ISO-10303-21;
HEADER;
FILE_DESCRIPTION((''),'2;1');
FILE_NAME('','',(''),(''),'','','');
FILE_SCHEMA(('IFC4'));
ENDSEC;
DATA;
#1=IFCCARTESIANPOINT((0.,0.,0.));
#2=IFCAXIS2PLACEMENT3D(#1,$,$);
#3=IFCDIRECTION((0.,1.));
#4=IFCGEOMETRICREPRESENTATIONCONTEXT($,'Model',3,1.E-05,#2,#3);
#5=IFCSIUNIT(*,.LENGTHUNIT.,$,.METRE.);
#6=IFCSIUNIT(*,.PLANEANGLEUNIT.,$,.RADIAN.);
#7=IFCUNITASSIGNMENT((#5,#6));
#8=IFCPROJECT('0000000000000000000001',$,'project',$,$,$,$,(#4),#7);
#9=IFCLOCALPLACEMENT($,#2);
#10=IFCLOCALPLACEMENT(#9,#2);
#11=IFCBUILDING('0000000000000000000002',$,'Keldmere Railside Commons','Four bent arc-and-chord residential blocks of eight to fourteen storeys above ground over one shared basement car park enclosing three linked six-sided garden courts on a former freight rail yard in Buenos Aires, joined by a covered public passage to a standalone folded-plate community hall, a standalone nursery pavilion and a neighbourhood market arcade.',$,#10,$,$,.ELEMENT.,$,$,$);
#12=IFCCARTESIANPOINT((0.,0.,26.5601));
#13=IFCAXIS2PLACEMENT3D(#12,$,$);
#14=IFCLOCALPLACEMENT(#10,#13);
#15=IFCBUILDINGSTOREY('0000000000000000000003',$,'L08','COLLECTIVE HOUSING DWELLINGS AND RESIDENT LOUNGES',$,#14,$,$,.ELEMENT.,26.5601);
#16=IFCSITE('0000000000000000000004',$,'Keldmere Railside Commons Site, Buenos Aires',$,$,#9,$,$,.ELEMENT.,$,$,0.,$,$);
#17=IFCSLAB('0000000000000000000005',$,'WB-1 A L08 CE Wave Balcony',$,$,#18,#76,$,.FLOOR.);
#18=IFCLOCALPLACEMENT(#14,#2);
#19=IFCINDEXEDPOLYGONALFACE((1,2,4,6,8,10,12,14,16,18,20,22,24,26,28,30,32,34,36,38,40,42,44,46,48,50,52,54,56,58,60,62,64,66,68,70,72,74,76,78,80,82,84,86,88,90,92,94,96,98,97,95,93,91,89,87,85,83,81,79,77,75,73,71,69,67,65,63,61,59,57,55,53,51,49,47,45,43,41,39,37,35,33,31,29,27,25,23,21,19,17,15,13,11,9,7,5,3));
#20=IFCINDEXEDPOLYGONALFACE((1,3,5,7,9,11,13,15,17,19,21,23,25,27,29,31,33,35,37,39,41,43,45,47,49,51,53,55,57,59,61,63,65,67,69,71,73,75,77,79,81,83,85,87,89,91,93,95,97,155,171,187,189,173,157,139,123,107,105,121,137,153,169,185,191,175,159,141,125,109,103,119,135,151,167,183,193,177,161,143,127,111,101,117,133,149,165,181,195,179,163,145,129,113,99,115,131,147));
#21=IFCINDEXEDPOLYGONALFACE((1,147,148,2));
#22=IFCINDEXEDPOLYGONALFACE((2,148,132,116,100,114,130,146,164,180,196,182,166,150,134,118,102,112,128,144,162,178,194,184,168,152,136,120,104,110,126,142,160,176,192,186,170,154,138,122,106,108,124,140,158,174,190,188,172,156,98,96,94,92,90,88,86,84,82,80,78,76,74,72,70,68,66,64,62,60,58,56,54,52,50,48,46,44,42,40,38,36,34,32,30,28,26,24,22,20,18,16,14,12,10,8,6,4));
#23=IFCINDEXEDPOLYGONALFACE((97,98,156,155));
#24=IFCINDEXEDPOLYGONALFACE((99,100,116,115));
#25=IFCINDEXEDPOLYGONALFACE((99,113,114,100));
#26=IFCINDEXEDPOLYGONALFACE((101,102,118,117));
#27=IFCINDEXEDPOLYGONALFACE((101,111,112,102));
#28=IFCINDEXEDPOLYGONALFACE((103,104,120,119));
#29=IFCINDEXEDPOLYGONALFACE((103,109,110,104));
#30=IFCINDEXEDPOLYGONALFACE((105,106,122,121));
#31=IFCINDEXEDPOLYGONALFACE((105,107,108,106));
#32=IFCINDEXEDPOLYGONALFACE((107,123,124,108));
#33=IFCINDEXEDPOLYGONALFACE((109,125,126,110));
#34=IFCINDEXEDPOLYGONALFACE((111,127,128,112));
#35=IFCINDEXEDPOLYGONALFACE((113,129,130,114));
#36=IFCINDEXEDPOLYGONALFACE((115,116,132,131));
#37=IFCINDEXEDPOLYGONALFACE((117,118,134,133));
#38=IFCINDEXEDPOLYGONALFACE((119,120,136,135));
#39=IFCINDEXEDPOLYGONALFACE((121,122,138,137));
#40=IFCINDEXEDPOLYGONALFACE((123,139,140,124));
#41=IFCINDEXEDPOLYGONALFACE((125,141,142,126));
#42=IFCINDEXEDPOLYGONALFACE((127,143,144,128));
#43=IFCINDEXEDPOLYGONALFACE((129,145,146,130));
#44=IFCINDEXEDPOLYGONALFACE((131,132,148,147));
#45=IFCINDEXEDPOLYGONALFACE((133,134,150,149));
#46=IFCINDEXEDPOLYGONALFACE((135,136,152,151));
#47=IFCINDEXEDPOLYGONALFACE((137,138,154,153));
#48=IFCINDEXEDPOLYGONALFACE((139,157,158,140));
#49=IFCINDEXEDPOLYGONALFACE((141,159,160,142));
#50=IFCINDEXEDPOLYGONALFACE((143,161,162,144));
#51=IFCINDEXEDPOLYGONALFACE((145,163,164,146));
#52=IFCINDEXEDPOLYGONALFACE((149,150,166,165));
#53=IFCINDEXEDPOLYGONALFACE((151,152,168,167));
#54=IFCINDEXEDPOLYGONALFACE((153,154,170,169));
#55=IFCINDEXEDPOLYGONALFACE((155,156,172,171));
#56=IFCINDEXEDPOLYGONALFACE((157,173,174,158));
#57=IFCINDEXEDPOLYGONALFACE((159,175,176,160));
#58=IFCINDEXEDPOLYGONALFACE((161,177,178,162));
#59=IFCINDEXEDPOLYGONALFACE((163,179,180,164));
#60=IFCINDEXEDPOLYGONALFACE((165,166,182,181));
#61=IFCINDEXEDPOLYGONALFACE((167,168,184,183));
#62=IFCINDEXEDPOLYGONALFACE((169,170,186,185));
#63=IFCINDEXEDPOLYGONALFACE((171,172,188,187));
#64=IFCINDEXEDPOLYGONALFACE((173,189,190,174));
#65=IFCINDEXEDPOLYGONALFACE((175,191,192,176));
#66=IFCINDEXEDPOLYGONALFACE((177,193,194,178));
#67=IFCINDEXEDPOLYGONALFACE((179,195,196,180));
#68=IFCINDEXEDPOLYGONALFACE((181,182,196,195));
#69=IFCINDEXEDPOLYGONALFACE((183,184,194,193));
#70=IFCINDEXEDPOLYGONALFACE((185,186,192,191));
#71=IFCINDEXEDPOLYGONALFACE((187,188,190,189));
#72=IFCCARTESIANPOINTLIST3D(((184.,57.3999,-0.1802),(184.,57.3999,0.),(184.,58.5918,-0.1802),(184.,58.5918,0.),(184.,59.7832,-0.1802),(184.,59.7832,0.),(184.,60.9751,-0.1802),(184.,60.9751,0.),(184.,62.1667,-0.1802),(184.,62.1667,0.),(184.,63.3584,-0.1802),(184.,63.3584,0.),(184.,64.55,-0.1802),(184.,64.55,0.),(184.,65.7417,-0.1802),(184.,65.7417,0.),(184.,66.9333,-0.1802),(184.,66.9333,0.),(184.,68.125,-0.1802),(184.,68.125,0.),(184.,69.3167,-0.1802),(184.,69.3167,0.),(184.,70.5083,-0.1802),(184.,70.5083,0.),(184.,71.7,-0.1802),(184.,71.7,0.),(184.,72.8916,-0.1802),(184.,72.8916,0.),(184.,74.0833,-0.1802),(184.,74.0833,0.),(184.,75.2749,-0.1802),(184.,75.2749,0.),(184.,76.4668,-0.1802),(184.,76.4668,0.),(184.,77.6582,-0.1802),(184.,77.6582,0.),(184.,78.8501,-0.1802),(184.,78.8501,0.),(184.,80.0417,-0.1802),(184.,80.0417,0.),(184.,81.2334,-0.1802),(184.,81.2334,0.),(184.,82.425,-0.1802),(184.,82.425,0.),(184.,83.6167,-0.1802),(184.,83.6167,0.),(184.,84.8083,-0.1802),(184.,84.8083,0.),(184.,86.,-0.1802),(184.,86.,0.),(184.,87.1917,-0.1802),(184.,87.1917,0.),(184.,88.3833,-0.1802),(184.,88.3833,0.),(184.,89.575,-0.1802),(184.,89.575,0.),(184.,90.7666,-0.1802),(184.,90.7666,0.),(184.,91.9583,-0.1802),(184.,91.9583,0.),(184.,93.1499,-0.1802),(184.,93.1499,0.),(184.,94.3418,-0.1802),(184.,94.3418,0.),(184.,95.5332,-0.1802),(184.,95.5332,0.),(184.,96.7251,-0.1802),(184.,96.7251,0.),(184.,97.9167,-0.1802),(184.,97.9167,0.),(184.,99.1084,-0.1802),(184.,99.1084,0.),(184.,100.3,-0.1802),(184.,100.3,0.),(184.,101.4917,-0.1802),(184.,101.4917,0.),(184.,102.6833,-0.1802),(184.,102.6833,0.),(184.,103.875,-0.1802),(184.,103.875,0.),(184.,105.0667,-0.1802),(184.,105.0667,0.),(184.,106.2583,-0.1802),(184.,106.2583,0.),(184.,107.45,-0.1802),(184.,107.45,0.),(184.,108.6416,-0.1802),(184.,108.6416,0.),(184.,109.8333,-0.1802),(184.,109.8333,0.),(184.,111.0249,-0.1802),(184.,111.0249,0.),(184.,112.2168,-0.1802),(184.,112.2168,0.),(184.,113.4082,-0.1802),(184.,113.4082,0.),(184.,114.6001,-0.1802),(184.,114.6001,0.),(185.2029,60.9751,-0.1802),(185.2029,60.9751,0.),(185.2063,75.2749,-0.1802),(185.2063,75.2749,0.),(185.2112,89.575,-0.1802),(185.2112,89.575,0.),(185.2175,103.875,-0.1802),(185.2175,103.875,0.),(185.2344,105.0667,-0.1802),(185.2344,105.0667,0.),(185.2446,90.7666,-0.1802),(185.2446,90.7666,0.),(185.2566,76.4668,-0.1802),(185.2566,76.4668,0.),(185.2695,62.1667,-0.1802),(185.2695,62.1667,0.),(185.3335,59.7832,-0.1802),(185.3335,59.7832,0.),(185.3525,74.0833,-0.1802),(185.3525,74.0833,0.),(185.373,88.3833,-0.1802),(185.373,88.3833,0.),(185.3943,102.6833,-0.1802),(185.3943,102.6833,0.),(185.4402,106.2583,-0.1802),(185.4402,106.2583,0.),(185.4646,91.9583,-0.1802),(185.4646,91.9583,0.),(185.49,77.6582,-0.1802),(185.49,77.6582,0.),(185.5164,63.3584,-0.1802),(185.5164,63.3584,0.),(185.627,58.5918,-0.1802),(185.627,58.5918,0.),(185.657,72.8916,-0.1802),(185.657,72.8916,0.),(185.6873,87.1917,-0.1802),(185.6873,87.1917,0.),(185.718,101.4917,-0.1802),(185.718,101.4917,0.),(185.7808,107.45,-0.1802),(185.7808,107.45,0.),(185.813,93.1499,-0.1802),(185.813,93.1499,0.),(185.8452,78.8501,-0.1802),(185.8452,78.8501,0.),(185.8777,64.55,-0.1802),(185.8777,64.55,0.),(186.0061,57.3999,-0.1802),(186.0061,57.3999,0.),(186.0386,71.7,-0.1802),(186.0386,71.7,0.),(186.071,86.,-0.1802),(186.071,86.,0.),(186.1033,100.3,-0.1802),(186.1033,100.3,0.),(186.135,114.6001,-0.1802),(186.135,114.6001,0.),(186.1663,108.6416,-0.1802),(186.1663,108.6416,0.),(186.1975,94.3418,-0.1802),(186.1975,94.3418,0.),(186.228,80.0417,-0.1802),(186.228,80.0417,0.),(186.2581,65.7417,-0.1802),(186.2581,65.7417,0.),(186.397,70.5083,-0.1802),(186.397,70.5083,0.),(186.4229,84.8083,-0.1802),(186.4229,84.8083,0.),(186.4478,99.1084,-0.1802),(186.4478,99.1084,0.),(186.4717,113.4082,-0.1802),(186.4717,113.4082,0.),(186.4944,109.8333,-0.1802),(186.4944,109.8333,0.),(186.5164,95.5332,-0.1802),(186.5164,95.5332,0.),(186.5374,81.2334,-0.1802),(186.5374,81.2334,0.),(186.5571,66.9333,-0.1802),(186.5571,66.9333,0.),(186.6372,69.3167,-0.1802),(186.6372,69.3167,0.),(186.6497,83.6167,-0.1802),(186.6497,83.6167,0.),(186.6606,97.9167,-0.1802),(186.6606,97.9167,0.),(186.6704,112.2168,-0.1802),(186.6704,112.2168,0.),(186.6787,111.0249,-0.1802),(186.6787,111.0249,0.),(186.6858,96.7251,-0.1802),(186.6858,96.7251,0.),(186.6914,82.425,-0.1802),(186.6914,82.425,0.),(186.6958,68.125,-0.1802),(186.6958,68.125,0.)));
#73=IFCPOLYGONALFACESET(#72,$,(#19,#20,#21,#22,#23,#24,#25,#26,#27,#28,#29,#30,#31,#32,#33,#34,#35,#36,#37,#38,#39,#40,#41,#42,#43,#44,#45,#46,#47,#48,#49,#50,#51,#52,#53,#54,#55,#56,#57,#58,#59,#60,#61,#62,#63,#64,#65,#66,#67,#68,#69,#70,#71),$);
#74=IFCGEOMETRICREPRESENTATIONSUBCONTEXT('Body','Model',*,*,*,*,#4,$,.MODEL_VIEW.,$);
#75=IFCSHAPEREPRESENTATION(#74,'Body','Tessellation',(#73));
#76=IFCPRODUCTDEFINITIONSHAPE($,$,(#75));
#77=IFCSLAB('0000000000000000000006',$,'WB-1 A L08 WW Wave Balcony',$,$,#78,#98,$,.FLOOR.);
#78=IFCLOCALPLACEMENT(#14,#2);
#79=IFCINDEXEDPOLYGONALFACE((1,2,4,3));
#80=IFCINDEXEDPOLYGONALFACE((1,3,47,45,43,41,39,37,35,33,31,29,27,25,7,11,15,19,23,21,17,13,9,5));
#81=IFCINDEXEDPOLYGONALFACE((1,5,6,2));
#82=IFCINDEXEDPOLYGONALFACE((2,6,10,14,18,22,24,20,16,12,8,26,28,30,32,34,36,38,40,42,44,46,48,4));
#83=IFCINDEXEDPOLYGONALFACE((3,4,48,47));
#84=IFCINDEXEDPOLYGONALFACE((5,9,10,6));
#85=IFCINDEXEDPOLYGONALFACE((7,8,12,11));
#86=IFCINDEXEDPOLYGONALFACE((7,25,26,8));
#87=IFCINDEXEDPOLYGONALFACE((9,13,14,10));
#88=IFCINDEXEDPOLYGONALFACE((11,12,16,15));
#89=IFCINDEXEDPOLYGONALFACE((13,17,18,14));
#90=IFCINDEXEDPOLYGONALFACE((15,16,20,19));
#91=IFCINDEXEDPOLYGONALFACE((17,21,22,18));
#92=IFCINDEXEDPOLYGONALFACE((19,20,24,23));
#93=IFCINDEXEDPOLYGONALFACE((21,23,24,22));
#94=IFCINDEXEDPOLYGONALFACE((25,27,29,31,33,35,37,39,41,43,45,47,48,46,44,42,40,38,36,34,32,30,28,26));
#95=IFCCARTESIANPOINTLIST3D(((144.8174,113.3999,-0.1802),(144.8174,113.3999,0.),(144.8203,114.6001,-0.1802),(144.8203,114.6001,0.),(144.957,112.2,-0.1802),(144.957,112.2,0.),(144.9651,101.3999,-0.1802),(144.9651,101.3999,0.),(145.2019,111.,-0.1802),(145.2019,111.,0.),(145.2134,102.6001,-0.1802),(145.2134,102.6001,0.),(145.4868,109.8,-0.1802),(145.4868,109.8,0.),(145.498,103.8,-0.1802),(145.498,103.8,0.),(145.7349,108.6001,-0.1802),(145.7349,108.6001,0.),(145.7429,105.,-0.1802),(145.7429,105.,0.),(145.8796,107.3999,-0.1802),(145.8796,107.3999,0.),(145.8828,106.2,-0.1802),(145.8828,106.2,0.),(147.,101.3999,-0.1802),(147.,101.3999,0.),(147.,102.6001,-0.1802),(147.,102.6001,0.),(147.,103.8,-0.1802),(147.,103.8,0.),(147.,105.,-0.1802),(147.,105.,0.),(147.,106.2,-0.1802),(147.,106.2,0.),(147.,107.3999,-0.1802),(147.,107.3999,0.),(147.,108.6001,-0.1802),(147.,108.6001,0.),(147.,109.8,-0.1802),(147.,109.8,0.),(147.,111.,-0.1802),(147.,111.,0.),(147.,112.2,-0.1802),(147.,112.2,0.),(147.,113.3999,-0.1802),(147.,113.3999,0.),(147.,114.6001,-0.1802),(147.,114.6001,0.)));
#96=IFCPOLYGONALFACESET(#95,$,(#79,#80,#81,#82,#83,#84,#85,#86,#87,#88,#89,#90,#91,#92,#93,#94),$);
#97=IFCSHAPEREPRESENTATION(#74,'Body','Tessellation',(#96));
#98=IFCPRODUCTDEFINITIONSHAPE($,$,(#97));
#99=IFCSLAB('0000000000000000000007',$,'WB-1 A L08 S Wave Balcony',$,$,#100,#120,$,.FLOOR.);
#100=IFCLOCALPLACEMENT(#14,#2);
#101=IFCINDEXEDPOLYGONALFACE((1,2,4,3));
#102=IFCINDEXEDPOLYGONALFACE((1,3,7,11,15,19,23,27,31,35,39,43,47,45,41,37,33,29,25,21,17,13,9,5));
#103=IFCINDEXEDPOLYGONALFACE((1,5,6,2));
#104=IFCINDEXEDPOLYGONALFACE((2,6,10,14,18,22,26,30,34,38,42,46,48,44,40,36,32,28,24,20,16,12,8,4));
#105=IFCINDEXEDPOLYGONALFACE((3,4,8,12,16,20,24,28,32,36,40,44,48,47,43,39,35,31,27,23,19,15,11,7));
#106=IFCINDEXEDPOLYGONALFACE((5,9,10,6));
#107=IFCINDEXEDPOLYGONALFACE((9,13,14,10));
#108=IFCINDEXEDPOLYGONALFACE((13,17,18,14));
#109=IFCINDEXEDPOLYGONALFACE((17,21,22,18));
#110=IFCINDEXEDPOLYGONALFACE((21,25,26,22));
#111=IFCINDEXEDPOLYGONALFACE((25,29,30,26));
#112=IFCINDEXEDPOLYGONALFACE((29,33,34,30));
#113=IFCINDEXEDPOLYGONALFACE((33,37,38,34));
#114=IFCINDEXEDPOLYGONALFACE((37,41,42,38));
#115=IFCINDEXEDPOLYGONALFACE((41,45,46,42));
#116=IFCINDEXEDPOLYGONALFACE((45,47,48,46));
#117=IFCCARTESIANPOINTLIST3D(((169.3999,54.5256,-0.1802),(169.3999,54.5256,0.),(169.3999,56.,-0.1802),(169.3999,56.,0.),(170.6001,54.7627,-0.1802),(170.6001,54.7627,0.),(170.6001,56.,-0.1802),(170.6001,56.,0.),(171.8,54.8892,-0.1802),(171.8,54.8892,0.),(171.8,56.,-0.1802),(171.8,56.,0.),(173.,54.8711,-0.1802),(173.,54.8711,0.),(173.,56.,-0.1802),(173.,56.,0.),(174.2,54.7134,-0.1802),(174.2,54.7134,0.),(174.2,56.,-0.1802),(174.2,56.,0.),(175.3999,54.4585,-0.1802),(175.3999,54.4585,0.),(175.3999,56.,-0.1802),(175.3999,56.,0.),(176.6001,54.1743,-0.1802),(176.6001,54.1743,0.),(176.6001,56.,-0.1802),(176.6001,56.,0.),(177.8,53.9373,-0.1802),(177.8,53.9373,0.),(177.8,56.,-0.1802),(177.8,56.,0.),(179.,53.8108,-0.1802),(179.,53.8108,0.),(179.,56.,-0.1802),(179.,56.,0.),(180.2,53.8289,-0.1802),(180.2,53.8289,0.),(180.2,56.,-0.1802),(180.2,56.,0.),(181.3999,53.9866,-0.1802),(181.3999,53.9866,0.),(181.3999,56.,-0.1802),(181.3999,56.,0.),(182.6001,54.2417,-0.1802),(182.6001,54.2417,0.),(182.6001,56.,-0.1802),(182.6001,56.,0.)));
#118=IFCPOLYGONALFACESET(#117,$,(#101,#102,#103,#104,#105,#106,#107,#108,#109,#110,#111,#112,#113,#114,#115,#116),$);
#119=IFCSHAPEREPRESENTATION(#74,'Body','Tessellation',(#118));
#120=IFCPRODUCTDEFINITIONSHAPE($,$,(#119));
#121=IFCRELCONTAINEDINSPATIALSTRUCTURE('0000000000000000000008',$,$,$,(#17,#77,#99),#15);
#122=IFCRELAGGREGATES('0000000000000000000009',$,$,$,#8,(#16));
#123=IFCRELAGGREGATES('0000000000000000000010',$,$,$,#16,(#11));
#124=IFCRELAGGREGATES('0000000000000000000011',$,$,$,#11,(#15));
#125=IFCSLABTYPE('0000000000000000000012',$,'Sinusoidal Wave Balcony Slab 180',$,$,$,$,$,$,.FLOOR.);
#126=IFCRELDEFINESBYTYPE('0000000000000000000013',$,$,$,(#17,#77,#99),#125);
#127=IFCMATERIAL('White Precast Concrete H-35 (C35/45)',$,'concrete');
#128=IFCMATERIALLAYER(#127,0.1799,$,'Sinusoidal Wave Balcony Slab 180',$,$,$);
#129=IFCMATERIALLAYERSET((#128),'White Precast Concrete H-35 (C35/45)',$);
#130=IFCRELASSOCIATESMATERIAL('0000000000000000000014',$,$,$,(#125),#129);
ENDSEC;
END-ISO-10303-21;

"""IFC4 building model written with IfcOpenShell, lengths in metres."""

from ifc_helpers import new_model, si_unit, direction, frame, origin, place, context, subcontext, project, spatial, polyline, outline, extrude, material, layer, layer_set, type_object, element, save


model = new_model("IFC4")

# Units and contexts
model_context = context("Model", 3, precision=1e-05, world=origin(), true_north=direction((0.0, 1.0)))
body_context = subcontext(model_context, "Body", "Model", "MODEL_VIEW")
ifc_project = project(units=[si_unit("LENGTHUNIT", "METRE"), si_unit("PLANEANGLEUNIT", "RADIAN")], contexts=[model_context])

# Site, building, storey
site_placement = place(None, origin())
site = spatial("IfcSite", under=ifc_project, at=site_placement, Name="Keldmere Railside Commons Site, Buenos Aires", CompositionType="ELEMENT", RefElevation=0.0)
building_placement = place(site_placement, origin())
building = spatial("IfcBuilding", under=site, at=building_placement, Name="Keldmere Railside Commons", Description="Four bent arc-and-chord residential blocks of eight to fourteen storeys above ground over one shared basement car park enclosing three linked six-sided garden courts on a former freight rail yard in Buenos Aires, joined by a covered public passage to a standalone folded-plate community hall, a standalone nursery pavilion and a neighbourhood market arcade.", CompositionType="ELEMENT")
storey_placement = place(building_placement, frame((0.0, 0.0, 26.5601)))
storey = spatial("IfcBuildingStorey", under=building, at=storey_placement, Name="L08", Description="COLLECTIVE HOUSING DWELLINGS AND RESIDENT LOUNGES", CompositionType="ELEMENT", Elevation=26.5601)

# Slabs
ifc_material_1 = material(Name="White Precast Concrete H-35 (C35/45)", Category="concrete")
ifc_layer_1 = layer(ifc_material_1, 0.1799, Name="Sinusoidal Wave Balcony Slab 180")
ifc_layer_set_1 = layer_set([ifc_layer_1], Name="White Precast Concrete H-35 (C35/45)")
slab_type_1 = type_object("IfcSlabType", Name="Sinusoidal Wave Balcony Slab 180", PredefinedType="FLOOR", material=ifc_layer_set_1)
slab_1_placement = place(storey_placement, frame((0.0, 0.0, -0.1802)))
element("IfcSlab", 1, at=slab_1_placement, inside=storey, type_object=slab_type_1, Name="WB-1 A L08 CE Wave Balcony", PredefinedType="FLOOR", context=body_context, shape_type="SweptSolid", body=[
    extrude(outline(polyline([(186.0061, 57.3999), (185.627, 58.5918), (185.3335, 59.7832), (185.2029, 60.9751), (185.2695, 62.1667), (185.5164, 63.3584), (185.8777, 64.55), (186.2581, 65.7417), (186.5571, 66.9333), (186.6958, 68.125), (186.6372, 69.3167), (186.397, 70.5083), (186.0386, 71.7), (185.657, 72.8916), (185.3525, 74.0833), (185.2063, 75.2749), (185.2566, 76.4668), (185.49, 77.6582), (185.8452, 78.8501), (186.228, 80.0417), (186.5374, 81.2334), (186.6914, 82.425), (186.6497, 83.6167), (186.4229, 84.8083), (186.071, 86.0), (185.6873, 87.1917), (185.373, 88.3833), (185.2112, 89.575), (185.2446, 90.7666), (185.4646, 91.9583), (185.813, 93.1499), (186.1975, 94.3418), (186.5164, 95.5332), (186.6858, 96.7251), (186.6606, 97.9167), (186.4478, 99.1084), (186.1033, 100.3), (185.718, 101.4917), (185.3943, 102.6833), (185.2175, 103.875), (185.2344, 105.0667), (185.4402, 106.2583), (185.7808, 107.45), (186.1663, 108.6416), (186.4944, 109.8333), (186.6787, 111.0249), (186.6704, 112.2168), (186.4717, 113.4082), (186.135, 114.6001), (184.0, 114.6001), (184.0, 113.4082), (184.0, 112.2168), (184.0, 111.0249), (184.0, 109.8333), (184.0, 108.6416), (184.0, 107.45), (184.0, 106.2583), (184.0, 105.0667), (184.0, 103.875), (184.0, 102.6833), (184.0, 101.4917), (184.0, 100.3), (184.0, 99.1084), (184.0, 97.9167), (184.0, 96.7251), (184.0, 95.5332), (184.0, 94.3418), (184.0, 93.1499), (184.0, 91.9583), (184.0, 90.7666), (184.0, 89.575), (184.0, 88.3833), (184.0, 87.1917), (184.0, 86.0), (184.0, 84.8083), (184.0, 83.6167), (184.0, 82.425), (184.0, 81.2334), (184.0, 80.0417), (184.0, 78.8501), (184.0, 77.6582), (184.0, 76.4668), (184.0, 75.2749), (184.0, 74.0833), (184.0, 72.8916), (184.0, 71.7), (184.0, 70.5083), (184.0, 69.3167), (184.0, 68.125), (184.0, 66.9333), (184.0, 65.7417), (184.0, 64.55), (184.0, 63.3584), (184.0, 62.1667), (184.0, 60.9751), (184.0, 59.7832), (184.0, 58.5918), (184.0, 57.3999), (186.0061, 57.3999)])), origin(), (0.0, 0.0, 1.0), 0.1802),
])
slab_2_placement = place(storey_placement, frame((0.0, 0.0, -0.1802)))
element("IfcSlab", 2, at=slab_2_placement, inside=storey, type_object=slab_type_1, Name="WB-1 A L08 WW Wave Balcony", PredefinedType="FLOOR", context=body_context, shape_type="SweptSolid", body=[
    extrude(outline(polyline([(147.0, 101.3999), (147.0, 102.6001), (147.0, 103.8), (147.0, 105.0), (147.0, 106.2), (147.0, 107.3999), (147.0, 108.6001), (147.0, 109.8), (147.0, 111.0), (147.0, 112.2), (147.0, 113.3999), (147.0, 114.6001), (144.8203, 114.6001), (144.8174, 113.3999), (144.957, 112.2), (145.2019, 111.0), (145.4868, 109.8), (145.7349, 108.6001), (145.8796, 107.3999), (145.8828, 106.2), (145.7429, 105.0), (145.498, 103.8), (145.2134, 102.6001), (144.9651, 101.3999), (147.0, 101.3999)])), origin(), (0.0, 0.0, 1.0), 0.1802),
])
slab_3_placement = place(storey_placement, frame((0.0, 0.0, -0.1802)))
element("IfcSlab", 3, at=slab_3_placement, inside=storey, type_object=slab_type_1, Name="WB-1 A L08 S Wave Balcony", PredefinedType="FLOOR", context=body_context, shape_type="SweptSolid", body=[
    extrude(outline(polyline([(169.3999, 54.5256), (170.6001, 54.7627), (171.8, 54.8892), (173.0, 54.8711), (174.2, 54.7134), (175.3999, 54.4585), (176.6001, 54.1743), (177.8, 53.9373), (179.0, 53.8108), (180.2, 53.8289), (181.3999, 53.9866), (182.6001, 54.2417), (182.6001, 56.0), (181.3999, 56.0), (180.2, 56.0), (179.0, 56.0), (177.8, 56.0), (176.6001, 56.0), (175.3999, 56.0), (174.2, 56.0), (173.0, 56.0), (171.8, 56.0), (170.6001, 56.0), (169.3999, 56.0), (169.3999, 54.5256)])), origin(), (0.0, 0.0, 1.0), 0.1802),
])

save(model, "model.ifc")
